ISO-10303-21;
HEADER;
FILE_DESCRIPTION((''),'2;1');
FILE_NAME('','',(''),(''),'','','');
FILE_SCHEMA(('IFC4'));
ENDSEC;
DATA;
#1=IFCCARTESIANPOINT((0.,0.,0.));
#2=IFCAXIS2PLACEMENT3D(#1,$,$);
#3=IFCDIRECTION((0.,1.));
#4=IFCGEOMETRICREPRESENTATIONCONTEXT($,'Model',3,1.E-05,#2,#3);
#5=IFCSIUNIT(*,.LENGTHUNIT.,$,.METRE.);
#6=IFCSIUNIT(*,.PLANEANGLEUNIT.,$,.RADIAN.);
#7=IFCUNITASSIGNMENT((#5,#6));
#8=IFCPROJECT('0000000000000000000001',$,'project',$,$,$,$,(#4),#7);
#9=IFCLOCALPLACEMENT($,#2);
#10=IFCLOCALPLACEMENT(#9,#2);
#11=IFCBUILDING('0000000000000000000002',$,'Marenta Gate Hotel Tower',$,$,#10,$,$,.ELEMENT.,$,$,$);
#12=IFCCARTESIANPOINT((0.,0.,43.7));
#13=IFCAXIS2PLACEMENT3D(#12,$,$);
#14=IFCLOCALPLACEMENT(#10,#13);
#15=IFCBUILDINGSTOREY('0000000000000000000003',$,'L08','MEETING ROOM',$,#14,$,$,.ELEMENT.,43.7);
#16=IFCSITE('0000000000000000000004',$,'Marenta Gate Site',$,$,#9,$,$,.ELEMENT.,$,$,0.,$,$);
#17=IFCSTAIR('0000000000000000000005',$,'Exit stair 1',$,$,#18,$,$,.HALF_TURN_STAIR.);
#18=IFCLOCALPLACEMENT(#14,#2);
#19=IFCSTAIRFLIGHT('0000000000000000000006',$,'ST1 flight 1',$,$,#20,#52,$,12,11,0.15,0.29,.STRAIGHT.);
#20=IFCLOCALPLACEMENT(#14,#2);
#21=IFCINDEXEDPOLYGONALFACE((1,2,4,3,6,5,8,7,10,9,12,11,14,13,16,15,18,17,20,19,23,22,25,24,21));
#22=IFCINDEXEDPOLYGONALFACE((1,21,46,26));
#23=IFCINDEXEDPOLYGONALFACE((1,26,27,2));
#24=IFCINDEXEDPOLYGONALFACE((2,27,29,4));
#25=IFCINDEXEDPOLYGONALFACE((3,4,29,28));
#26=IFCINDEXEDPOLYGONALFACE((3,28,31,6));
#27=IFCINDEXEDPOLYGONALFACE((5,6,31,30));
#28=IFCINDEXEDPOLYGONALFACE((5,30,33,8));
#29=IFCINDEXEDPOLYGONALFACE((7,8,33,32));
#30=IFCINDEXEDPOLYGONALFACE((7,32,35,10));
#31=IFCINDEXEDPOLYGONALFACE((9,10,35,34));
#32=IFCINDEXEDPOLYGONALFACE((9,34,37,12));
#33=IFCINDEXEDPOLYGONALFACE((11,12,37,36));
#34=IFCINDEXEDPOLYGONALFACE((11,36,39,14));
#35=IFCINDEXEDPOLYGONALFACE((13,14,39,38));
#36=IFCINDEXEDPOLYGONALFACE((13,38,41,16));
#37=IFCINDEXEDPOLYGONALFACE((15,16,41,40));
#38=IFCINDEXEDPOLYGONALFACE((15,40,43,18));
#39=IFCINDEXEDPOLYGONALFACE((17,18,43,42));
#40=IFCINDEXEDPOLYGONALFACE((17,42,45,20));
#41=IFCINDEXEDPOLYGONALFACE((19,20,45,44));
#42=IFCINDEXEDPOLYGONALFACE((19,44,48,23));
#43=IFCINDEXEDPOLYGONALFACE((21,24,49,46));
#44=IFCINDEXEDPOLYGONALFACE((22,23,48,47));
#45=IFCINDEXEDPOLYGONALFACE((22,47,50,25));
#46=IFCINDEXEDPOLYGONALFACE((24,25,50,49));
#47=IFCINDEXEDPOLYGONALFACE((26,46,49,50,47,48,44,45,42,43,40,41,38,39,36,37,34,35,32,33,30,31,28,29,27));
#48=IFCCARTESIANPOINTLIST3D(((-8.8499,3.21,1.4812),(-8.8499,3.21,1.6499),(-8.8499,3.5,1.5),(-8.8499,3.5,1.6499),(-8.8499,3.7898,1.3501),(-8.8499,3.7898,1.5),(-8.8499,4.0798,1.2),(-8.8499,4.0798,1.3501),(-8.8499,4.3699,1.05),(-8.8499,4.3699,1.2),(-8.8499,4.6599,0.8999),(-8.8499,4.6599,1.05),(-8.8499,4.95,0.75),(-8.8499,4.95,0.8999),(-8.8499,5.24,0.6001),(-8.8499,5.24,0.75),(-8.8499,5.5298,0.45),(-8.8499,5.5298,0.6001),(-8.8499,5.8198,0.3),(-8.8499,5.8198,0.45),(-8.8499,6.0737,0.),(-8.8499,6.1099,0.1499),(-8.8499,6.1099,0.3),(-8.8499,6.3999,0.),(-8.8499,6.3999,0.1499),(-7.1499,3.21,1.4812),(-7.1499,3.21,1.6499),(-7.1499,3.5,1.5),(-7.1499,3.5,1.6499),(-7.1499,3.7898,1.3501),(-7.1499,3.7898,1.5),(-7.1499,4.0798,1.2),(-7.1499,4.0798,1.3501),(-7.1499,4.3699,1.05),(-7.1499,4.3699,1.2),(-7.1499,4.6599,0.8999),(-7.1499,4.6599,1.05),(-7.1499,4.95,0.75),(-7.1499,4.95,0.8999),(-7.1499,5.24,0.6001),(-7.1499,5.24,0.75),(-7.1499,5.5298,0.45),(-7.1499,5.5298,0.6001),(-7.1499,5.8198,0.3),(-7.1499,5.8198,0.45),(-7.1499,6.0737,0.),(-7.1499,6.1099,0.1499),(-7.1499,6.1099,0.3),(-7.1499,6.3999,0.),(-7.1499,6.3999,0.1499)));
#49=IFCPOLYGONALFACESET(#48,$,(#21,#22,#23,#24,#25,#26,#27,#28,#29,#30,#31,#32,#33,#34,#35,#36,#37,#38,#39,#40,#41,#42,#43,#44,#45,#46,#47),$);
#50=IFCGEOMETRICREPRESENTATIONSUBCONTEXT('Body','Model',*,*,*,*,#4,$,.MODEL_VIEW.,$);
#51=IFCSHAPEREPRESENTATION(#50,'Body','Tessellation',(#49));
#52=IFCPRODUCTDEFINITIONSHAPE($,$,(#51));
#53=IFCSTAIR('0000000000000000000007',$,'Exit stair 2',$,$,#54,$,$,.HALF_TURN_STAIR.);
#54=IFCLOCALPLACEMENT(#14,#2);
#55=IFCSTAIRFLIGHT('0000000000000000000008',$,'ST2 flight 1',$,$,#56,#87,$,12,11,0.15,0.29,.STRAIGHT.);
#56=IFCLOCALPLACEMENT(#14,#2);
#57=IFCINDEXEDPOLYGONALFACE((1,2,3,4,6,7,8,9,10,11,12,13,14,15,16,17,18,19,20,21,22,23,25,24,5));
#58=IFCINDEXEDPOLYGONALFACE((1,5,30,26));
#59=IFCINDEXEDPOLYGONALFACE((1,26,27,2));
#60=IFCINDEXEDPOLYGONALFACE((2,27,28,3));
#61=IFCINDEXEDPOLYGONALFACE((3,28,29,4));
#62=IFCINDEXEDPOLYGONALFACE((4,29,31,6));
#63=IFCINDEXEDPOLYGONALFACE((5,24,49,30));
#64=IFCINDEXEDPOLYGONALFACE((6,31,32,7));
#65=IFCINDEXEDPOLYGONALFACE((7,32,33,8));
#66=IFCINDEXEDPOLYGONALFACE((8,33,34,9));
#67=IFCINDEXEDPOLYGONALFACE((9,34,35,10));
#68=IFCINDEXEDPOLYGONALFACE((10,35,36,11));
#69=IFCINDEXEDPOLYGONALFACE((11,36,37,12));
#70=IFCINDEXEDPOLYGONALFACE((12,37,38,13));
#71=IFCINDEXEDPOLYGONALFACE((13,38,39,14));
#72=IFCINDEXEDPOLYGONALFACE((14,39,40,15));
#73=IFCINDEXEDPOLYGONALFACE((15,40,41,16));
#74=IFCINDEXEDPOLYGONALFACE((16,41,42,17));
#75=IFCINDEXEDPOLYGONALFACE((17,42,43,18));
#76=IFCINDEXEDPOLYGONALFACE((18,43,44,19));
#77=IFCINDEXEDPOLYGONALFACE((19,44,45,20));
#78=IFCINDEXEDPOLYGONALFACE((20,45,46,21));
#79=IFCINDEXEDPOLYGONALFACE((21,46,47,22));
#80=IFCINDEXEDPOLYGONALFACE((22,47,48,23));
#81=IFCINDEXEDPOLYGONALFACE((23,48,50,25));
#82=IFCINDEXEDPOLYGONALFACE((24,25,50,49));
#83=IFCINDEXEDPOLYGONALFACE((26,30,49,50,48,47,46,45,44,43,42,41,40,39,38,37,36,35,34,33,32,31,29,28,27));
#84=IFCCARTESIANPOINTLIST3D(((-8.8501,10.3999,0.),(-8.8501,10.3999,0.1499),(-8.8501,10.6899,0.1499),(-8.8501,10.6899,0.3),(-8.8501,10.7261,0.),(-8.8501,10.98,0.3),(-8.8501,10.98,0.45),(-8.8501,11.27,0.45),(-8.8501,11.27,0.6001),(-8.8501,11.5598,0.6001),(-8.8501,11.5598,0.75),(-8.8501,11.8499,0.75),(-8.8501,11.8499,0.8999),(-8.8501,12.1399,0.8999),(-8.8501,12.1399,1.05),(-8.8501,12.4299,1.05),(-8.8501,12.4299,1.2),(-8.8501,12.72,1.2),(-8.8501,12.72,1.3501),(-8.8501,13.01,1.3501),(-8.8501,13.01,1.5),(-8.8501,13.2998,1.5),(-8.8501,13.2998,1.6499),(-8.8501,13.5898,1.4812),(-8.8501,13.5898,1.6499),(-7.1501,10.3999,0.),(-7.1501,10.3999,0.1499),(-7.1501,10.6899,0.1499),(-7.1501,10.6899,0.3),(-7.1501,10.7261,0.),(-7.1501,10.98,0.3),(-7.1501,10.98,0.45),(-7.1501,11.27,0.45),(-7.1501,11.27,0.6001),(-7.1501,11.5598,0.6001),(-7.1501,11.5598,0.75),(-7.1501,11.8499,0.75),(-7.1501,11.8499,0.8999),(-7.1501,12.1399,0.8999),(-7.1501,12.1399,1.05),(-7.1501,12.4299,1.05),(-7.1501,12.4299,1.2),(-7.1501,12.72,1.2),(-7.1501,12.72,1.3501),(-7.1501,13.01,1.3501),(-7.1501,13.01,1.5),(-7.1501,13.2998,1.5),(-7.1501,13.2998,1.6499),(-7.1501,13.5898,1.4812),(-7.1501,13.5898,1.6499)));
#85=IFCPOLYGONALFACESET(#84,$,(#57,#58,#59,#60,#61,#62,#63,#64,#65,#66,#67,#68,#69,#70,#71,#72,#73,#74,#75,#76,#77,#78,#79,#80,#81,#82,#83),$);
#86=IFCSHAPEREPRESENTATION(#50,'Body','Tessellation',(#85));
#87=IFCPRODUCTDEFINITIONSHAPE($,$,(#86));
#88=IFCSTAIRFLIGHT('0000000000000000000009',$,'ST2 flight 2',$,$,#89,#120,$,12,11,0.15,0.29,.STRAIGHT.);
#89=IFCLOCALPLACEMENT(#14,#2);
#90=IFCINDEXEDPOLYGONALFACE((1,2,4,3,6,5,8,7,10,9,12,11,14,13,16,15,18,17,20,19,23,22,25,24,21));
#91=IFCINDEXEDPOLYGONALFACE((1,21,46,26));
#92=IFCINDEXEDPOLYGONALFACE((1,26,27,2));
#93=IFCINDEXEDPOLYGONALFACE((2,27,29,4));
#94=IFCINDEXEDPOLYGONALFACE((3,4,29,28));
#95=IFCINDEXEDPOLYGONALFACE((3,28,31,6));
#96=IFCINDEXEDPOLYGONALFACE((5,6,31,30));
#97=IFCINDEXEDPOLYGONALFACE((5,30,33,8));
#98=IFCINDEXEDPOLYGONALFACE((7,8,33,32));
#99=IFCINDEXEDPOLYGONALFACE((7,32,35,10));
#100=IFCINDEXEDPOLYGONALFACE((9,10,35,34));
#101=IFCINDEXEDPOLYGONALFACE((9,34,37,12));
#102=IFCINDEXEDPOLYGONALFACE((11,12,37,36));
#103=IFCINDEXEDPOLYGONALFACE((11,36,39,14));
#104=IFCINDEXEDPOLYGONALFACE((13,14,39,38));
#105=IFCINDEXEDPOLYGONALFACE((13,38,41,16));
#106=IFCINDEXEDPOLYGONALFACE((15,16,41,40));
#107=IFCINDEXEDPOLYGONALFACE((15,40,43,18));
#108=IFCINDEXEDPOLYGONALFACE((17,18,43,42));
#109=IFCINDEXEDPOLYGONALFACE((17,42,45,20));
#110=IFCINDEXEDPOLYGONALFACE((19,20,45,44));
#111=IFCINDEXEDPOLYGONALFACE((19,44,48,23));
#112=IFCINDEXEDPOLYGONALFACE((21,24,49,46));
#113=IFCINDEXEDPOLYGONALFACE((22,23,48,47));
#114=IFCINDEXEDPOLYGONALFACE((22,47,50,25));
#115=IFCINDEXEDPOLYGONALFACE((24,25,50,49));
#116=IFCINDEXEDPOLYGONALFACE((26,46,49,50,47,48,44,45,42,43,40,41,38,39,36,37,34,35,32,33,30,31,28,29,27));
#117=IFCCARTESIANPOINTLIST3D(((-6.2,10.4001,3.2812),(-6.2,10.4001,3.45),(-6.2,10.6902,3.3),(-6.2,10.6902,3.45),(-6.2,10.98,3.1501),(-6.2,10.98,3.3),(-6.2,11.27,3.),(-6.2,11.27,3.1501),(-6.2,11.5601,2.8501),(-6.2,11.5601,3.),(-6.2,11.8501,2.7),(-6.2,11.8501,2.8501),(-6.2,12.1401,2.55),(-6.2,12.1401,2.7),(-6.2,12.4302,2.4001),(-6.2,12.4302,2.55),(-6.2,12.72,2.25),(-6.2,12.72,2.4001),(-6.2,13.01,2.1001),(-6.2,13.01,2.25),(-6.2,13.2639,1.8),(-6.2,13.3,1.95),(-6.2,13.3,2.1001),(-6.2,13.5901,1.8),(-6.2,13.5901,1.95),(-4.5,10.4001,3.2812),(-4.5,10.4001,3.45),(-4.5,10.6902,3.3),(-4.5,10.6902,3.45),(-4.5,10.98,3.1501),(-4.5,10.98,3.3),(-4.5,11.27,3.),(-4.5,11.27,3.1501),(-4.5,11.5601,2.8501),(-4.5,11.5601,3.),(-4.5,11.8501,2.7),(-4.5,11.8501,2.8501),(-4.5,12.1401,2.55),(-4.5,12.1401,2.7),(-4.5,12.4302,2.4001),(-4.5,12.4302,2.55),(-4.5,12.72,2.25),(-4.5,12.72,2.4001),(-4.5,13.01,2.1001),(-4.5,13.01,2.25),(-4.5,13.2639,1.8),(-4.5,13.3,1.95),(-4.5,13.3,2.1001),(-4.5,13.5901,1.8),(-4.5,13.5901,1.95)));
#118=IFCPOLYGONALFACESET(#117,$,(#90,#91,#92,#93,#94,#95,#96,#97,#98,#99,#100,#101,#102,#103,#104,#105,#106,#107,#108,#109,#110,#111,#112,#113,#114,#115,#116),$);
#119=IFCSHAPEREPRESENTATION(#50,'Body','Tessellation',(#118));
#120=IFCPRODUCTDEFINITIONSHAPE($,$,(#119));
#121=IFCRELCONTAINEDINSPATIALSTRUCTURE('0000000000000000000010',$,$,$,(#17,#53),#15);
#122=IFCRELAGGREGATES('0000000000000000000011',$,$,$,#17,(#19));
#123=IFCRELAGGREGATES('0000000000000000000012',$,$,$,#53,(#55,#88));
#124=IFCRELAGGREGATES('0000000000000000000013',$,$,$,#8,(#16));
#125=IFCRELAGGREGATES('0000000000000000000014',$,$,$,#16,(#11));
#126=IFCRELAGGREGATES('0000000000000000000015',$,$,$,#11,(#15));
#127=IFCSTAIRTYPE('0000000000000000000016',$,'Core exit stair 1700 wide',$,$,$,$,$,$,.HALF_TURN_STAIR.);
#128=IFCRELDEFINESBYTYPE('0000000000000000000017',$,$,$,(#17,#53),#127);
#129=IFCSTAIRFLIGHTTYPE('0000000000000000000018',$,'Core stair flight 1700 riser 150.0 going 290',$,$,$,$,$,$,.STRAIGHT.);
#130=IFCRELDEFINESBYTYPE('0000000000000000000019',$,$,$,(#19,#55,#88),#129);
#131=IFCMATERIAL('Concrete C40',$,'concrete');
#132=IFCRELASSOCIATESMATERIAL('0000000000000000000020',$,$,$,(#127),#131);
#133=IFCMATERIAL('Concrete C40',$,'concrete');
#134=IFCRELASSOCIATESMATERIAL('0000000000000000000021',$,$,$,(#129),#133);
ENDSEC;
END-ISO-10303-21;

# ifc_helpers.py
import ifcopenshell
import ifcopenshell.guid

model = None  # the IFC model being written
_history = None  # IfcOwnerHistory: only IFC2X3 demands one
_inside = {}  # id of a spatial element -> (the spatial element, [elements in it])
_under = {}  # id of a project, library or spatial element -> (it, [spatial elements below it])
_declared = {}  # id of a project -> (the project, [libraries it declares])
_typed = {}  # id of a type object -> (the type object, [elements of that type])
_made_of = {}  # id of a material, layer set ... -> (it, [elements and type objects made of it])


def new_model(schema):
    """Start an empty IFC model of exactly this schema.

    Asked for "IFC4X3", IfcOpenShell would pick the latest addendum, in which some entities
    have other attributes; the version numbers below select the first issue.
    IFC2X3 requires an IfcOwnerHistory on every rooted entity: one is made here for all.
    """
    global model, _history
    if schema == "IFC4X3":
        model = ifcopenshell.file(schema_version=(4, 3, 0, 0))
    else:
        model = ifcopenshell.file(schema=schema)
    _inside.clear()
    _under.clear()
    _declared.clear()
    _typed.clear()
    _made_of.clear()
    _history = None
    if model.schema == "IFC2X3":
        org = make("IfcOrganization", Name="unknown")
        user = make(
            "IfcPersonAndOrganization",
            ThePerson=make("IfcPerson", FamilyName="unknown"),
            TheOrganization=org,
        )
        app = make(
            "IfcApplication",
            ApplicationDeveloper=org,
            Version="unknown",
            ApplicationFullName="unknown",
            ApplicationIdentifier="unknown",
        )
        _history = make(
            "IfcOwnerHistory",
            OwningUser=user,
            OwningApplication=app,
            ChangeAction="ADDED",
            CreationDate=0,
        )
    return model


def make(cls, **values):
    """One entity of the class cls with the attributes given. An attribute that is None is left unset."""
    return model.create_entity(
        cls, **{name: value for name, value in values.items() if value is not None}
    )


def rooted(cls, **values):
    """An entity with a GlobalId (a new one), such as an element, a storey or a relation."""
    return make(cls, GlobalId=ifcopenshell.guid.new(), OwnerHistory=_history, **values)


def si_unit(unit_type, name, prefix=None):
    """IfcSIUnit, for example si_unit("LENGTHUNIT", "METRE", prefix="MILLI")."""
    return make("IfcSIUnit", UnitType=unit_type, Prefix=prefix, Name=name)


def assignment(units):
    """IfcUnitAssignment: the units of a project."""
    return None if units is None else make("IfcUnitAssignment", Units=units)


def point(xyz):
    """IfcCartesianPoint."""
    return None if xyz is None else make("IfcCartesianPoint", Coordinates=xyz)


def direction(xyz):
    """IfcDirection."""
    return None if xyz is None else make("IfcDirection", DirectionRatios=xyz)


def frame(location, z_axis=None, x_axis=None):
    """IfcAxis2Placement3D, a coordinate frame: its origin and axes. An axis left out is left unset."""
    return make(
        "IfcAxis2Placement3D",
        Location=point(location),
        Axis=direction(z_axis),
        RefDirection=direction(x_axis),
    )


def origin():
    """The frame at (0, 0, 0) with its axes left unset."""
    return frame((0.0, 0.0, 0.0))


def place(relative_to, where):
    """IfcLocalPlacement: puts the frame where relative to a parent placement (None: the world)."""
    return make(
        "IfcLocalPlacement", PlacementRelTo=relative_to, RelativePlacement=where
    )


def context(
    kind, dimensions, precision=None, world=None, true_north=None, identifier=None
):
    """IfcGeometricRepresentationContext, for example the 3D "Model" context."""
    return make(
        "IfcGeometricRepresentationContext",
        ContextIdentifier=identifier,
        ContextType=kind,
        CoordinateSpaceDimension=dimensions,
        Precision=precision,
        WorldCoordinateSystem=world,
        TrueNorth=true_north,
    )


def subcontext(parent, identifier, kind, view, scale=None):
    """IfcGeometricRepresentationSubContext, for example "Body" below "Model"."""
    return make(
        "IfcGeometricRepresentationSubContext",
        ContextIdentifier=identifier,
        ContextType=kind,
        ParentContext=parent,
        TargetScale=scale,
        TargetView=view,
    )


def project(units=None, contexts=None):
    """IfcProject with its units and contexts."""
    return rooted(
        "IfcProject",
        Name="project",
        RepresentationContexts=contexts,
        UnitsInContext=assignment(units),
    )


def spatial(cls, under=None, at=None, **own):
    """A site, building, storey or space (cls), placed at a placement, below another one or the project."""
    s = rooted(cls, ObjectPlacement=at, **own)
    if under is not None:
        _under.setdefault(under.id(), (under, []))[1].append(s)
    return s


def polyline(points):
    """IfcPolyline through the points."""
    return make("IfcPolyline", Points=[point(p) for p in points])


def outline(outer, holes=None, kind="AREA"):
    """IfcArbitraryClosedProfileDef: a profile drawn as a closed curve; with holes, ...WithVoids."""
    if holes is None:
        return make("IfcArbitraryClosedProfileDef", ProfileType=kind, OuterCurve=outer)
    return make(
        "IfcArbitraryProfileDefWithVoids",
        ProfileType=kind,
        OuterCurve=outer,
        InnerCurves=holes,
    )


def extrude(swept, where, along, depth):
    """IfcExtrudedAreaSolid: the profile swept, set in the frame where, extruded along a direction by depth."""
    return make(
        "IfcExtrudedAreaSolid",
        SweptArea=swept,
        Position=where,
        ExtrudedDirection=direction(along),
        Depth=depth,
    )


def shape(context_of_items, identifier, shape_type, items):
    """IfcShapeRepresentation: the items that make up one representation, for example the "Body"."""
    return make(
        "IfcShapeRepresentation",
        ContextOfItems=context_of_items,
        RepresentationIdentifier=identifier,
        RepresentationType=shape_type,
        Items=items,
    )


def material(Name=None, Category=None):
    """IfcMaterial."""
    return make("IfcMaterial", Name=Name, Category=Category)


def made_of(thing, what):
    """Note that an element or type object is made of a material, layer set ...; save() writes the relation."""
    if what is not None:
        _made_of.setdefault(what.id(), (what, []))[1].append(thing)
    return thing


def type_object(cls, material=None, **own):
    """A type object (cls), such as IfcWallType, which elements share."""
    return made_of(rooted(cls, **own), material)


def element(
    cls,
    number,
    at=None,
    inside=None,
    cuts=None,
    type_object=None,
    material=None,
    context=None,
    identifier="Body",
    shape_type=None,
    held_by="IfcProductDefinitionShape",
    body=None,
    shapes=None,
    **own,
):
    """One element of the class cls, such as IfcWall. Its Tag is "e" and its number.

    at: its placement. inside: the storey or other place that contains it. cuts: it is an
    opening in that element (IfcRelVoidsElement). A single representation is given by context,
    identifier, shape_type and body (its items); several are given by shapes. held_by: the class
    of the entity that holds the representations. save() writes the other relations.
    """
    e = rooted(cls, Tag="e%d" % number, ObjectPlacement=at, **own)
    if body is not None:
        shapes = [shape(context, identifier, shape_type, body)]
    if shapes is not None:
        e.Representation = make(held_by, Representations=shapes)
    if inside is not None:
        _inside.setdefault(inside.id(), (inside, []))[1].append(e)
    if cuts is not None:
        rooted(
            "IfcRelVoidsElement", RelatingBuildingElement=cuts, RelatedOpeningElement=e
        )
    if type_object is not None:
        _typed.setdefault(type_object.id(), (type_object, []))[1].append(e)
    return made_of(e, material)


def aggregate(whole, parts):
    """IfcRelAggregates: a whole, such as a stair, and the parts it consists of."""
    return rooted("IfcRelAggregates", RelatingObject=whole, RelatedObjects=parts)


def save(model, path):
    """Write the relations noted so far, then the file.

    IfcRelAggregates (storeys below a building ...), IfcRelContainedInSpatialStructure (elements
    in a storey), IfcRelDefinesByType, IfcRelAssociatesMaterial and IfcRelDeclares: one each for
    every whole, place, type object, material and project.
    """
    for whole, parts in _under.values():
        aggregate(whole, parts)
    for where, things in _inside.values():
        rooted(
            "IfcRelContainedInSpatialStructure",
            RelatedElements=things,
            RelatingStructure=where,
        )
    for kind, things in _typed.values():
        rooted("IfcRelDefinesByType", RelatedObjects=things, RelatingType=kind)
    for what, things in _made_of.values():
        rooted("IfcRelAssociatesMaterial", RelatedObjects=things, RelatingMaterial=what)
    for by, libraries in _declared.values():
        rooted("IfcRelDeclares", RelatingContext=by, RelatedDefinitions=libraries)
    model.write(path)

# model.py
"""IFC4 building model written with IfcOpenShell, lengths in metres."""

from ifc_helpers import new_model, si_unit, direction, frame, origin, place, context, subcontext, project, spatial, polyline, outline, extrude, material, type_object, element, aggregate, save


model = new_model("IFC4")

# Units and contexts
model_context = context("Model", 3, precision=1e-05, world=origin(), true_north=direction((0.0, 1.0)))
body_context = subcontext(model_context, "Body", "Model", "MODEL_VIEW")
ifc_project = project(units=[si_unit("LENGTHUNIT", "METRE"), si_unit("PLANEANGLEUNIT", "RADIAN")], contexts=[model_context])

# Site, building, storey
site_placement = place(None, origin())
site = spatial("IfcSite", under=ifc_project, at=site_placement, Name="Marenta Gate Site", CompositionType="ELEMENT", RefElevation=0.0)
building_placement = place(site_placement, origin())
building = spatial("IfcBuilding", under=site, at=building_placement, Name="Marenta Gate Hotel Tower", CompositionType="ELEMENT")
storey_placement = place(building_placement, frame((0.0, 0.0, 43.7)))
storey = spatial("IfcBuildingStorey", under=building, at=storey_placement, Name="L08", Description="MEETING ROOM", CompositionType="ELEMENT", Elevation=43.7)

# Stair, stair flight
ifc_material_1 = material(Name="Concrete C40", Category="concrete")
stair_type = type_object("IfcStairType", Name="Core exit stair 1700 wide", PredefinedType="HALF_TURN_STAIR", material=ifc_material_1)
stair_1_placement = place(storey_placement, origin())
stair_1 = element("IfcStair", 1, at=stair_1_placement, inside=storey, type_object=stair_type, Name="Exit stair 1", PredefinedType="HALF_TURN_STAIR")
ifc_material_2 = material(Name="Concrete C40", Category="concrete")
stair_flight_type = type_object("IfcStairFlightType", Name="Core stair flight 1700 riser 150.0 going 290", PredefinedType="STRAIGHT", material=ifc_material_2)
stair_flight_1_placement = place(storey_placement, frame((-8.0, 6.3999, 0.0), z_axis=(0.0, 0.0, 1.0), x_axis=(0.0, -1.0, 0.0)))
stair_flight_1 = element("IfcStairFlight", 2, at=stair_flight_1_placement, type_object=stair_flight_type, Name="ST1 flight 1", NumberOfRisers=12, NumberOfTreads=11, PredefinedType="STRAIGHT", RiserHeight=0.15, TreadLength=0.29, context=body_context, shape_type="SweptSolid", body=[
    extrude(outline(polyline([(0.0, 0.0), (0.0, 0.1499), (0.29, 0.1499), (0.29, 0.3), (0.5801, 0.3), (0.5801, 0.45), (0.8701, 0.45), (0.8701, 0.6001), (1.1599, 0.6001), (1.1599, 0.75), (1.45, 0.75), (1.45, 0.8999), (1.74, 0.8999), (1.74, 1.05), (2.03, 1.05), (2.03, 1.2), (2.3201, 1.2), (2.3201, 1.3501), (2.6101, 1.3501), (2.6101, 1.5), (2.8999, 1.5), (2.8999, 1.6499), (3.1899, 1.6499), (3.1899, 1.8), (3.1899, 1.4812), (0.3262, 0.0), (0.0, 0.0)])), frame((0.0, 0.8501, 0.0), z_axis=(0.0, -1.0, 0.0), x_axis=(1.0, 0.0, 0.0)), (0.0, 0.0, 1.0), 1.7),
])
aggregate(stair_1, [stair_flight_1])

# Stair, stair flights
stair_2_placement = place(storey_placement, origin())
stair_2 = element("IfcStair", 3, at=stair_2_placement, inside=storey, type_object=stair_type, Name="Exit stair 2", PredefinedType="HALF_TURN_STAIR")
stair_flight_2_placement = place(storey_placement, frame((-8.0, 10.3999, 0.0), z_axis=(0.0, 0.0, 1.0), x_axis=(0.0, 1.0, 0.0)))
stair_flight_2 = element("IfcStairFlight", 4, at=stair_flight_2_placement, type_object=stair_flight_type, Name="ST2 flight 1", NumberOfRisers=12, NumberOfTreads=11, PredefinedType="STRAIGHT", RiserHeight=0.15, TreadLength=0.29, context=body_context, shape_type="SweptSolid", body=[
    extrude(outline(polyline([(0.0, 0.0), (0.0, 0.1499), (0.29, 0.1499), (0.29, 0.3), (0.5801, 0.3), (0.5801, 0.45), (0.8701, 0.45), (0.8701, 0.6001), (1.1599, 0.6001), (1.1599, 0.75), (1.45, 0.75), (1.45, 0.8999), (1.74, 0.8999), (1.74, 1.05), (2.03, 1.05), (2.03, 1.2), (2.3201, 1.2), (2.3201, 1.3501), (2.6101, 1.3501), (2.6101, 1.5), (2.8999, 1.5), (2.8999, 1.6499), (3.1899, 1.6499), (3.1899, 1.8), (3.1899, 1.4812), (0.3262, 0.0), (0.0, 0.0)])), frame((0.0, 0.8501, 0.0), z_axis=(0.0, -1.0, 0.0), x_axis=(1.0, 0.0, 0.0)), (0.0, 0.0, 1.0), 1.7),
])
stair_flight_3_placement = place(storey_placement, frame((-5.3501, 13.5901, 1.8), z_axis=(0.0, 0.0, 1.0), x_axis=(0.0, -1.0, 0.0)))
stair_flight_3 = element("IfcStairFlight", 5, at=stair_flight_3_placement, type_object=stair_flight_type, Name="ST2 flight 2", NumberOfRisers=12, NumberOfTreads=11, PredefinedType="STRAIGHT", RiserHeight=0.15, TreadLength=0.29, context=body_context, shape_type="SweptSolid", body=[
    extrude(outline(polyline([(0.0, 0.0), (0.0, 0.1499), (0.29, 0.1499), (0.29, 0.3), (0.5801, 0.3), (0.5801, 0.45), (0.8701, 0.45), (0.8701, 0.6001), (1.1599, 0.6001), (1.1599, 0.75), (1.45, 0.75), (1.45, 0.8999), (1.74, 0.8999), (1.74, 1.05), (2.03, 1.05), (2.03, 1.2), (2.3201, 1.2), (2.3201, 1.3501), (2.6101, 1.3501), (2.6101, 1.5), (2.8999, 1.5), (2.8999, 1.6499), (3.1899, 1.6499), (3.1899, 1.8), (3.1899, 1.4812), (0.3262, 0.0), (0.0, 0.0)])), frame((0.0, 0.8501, 0.0), z_axis=(0.0, -1.0, 0.0), x_axis=(1.0, 0.0, 0.0)), (0.0, 0.0, 1.0), 1.7),
])
aggregate(stair_2, [stair_flight_2, stair_flight_3])

save(model, "model.ifc")
